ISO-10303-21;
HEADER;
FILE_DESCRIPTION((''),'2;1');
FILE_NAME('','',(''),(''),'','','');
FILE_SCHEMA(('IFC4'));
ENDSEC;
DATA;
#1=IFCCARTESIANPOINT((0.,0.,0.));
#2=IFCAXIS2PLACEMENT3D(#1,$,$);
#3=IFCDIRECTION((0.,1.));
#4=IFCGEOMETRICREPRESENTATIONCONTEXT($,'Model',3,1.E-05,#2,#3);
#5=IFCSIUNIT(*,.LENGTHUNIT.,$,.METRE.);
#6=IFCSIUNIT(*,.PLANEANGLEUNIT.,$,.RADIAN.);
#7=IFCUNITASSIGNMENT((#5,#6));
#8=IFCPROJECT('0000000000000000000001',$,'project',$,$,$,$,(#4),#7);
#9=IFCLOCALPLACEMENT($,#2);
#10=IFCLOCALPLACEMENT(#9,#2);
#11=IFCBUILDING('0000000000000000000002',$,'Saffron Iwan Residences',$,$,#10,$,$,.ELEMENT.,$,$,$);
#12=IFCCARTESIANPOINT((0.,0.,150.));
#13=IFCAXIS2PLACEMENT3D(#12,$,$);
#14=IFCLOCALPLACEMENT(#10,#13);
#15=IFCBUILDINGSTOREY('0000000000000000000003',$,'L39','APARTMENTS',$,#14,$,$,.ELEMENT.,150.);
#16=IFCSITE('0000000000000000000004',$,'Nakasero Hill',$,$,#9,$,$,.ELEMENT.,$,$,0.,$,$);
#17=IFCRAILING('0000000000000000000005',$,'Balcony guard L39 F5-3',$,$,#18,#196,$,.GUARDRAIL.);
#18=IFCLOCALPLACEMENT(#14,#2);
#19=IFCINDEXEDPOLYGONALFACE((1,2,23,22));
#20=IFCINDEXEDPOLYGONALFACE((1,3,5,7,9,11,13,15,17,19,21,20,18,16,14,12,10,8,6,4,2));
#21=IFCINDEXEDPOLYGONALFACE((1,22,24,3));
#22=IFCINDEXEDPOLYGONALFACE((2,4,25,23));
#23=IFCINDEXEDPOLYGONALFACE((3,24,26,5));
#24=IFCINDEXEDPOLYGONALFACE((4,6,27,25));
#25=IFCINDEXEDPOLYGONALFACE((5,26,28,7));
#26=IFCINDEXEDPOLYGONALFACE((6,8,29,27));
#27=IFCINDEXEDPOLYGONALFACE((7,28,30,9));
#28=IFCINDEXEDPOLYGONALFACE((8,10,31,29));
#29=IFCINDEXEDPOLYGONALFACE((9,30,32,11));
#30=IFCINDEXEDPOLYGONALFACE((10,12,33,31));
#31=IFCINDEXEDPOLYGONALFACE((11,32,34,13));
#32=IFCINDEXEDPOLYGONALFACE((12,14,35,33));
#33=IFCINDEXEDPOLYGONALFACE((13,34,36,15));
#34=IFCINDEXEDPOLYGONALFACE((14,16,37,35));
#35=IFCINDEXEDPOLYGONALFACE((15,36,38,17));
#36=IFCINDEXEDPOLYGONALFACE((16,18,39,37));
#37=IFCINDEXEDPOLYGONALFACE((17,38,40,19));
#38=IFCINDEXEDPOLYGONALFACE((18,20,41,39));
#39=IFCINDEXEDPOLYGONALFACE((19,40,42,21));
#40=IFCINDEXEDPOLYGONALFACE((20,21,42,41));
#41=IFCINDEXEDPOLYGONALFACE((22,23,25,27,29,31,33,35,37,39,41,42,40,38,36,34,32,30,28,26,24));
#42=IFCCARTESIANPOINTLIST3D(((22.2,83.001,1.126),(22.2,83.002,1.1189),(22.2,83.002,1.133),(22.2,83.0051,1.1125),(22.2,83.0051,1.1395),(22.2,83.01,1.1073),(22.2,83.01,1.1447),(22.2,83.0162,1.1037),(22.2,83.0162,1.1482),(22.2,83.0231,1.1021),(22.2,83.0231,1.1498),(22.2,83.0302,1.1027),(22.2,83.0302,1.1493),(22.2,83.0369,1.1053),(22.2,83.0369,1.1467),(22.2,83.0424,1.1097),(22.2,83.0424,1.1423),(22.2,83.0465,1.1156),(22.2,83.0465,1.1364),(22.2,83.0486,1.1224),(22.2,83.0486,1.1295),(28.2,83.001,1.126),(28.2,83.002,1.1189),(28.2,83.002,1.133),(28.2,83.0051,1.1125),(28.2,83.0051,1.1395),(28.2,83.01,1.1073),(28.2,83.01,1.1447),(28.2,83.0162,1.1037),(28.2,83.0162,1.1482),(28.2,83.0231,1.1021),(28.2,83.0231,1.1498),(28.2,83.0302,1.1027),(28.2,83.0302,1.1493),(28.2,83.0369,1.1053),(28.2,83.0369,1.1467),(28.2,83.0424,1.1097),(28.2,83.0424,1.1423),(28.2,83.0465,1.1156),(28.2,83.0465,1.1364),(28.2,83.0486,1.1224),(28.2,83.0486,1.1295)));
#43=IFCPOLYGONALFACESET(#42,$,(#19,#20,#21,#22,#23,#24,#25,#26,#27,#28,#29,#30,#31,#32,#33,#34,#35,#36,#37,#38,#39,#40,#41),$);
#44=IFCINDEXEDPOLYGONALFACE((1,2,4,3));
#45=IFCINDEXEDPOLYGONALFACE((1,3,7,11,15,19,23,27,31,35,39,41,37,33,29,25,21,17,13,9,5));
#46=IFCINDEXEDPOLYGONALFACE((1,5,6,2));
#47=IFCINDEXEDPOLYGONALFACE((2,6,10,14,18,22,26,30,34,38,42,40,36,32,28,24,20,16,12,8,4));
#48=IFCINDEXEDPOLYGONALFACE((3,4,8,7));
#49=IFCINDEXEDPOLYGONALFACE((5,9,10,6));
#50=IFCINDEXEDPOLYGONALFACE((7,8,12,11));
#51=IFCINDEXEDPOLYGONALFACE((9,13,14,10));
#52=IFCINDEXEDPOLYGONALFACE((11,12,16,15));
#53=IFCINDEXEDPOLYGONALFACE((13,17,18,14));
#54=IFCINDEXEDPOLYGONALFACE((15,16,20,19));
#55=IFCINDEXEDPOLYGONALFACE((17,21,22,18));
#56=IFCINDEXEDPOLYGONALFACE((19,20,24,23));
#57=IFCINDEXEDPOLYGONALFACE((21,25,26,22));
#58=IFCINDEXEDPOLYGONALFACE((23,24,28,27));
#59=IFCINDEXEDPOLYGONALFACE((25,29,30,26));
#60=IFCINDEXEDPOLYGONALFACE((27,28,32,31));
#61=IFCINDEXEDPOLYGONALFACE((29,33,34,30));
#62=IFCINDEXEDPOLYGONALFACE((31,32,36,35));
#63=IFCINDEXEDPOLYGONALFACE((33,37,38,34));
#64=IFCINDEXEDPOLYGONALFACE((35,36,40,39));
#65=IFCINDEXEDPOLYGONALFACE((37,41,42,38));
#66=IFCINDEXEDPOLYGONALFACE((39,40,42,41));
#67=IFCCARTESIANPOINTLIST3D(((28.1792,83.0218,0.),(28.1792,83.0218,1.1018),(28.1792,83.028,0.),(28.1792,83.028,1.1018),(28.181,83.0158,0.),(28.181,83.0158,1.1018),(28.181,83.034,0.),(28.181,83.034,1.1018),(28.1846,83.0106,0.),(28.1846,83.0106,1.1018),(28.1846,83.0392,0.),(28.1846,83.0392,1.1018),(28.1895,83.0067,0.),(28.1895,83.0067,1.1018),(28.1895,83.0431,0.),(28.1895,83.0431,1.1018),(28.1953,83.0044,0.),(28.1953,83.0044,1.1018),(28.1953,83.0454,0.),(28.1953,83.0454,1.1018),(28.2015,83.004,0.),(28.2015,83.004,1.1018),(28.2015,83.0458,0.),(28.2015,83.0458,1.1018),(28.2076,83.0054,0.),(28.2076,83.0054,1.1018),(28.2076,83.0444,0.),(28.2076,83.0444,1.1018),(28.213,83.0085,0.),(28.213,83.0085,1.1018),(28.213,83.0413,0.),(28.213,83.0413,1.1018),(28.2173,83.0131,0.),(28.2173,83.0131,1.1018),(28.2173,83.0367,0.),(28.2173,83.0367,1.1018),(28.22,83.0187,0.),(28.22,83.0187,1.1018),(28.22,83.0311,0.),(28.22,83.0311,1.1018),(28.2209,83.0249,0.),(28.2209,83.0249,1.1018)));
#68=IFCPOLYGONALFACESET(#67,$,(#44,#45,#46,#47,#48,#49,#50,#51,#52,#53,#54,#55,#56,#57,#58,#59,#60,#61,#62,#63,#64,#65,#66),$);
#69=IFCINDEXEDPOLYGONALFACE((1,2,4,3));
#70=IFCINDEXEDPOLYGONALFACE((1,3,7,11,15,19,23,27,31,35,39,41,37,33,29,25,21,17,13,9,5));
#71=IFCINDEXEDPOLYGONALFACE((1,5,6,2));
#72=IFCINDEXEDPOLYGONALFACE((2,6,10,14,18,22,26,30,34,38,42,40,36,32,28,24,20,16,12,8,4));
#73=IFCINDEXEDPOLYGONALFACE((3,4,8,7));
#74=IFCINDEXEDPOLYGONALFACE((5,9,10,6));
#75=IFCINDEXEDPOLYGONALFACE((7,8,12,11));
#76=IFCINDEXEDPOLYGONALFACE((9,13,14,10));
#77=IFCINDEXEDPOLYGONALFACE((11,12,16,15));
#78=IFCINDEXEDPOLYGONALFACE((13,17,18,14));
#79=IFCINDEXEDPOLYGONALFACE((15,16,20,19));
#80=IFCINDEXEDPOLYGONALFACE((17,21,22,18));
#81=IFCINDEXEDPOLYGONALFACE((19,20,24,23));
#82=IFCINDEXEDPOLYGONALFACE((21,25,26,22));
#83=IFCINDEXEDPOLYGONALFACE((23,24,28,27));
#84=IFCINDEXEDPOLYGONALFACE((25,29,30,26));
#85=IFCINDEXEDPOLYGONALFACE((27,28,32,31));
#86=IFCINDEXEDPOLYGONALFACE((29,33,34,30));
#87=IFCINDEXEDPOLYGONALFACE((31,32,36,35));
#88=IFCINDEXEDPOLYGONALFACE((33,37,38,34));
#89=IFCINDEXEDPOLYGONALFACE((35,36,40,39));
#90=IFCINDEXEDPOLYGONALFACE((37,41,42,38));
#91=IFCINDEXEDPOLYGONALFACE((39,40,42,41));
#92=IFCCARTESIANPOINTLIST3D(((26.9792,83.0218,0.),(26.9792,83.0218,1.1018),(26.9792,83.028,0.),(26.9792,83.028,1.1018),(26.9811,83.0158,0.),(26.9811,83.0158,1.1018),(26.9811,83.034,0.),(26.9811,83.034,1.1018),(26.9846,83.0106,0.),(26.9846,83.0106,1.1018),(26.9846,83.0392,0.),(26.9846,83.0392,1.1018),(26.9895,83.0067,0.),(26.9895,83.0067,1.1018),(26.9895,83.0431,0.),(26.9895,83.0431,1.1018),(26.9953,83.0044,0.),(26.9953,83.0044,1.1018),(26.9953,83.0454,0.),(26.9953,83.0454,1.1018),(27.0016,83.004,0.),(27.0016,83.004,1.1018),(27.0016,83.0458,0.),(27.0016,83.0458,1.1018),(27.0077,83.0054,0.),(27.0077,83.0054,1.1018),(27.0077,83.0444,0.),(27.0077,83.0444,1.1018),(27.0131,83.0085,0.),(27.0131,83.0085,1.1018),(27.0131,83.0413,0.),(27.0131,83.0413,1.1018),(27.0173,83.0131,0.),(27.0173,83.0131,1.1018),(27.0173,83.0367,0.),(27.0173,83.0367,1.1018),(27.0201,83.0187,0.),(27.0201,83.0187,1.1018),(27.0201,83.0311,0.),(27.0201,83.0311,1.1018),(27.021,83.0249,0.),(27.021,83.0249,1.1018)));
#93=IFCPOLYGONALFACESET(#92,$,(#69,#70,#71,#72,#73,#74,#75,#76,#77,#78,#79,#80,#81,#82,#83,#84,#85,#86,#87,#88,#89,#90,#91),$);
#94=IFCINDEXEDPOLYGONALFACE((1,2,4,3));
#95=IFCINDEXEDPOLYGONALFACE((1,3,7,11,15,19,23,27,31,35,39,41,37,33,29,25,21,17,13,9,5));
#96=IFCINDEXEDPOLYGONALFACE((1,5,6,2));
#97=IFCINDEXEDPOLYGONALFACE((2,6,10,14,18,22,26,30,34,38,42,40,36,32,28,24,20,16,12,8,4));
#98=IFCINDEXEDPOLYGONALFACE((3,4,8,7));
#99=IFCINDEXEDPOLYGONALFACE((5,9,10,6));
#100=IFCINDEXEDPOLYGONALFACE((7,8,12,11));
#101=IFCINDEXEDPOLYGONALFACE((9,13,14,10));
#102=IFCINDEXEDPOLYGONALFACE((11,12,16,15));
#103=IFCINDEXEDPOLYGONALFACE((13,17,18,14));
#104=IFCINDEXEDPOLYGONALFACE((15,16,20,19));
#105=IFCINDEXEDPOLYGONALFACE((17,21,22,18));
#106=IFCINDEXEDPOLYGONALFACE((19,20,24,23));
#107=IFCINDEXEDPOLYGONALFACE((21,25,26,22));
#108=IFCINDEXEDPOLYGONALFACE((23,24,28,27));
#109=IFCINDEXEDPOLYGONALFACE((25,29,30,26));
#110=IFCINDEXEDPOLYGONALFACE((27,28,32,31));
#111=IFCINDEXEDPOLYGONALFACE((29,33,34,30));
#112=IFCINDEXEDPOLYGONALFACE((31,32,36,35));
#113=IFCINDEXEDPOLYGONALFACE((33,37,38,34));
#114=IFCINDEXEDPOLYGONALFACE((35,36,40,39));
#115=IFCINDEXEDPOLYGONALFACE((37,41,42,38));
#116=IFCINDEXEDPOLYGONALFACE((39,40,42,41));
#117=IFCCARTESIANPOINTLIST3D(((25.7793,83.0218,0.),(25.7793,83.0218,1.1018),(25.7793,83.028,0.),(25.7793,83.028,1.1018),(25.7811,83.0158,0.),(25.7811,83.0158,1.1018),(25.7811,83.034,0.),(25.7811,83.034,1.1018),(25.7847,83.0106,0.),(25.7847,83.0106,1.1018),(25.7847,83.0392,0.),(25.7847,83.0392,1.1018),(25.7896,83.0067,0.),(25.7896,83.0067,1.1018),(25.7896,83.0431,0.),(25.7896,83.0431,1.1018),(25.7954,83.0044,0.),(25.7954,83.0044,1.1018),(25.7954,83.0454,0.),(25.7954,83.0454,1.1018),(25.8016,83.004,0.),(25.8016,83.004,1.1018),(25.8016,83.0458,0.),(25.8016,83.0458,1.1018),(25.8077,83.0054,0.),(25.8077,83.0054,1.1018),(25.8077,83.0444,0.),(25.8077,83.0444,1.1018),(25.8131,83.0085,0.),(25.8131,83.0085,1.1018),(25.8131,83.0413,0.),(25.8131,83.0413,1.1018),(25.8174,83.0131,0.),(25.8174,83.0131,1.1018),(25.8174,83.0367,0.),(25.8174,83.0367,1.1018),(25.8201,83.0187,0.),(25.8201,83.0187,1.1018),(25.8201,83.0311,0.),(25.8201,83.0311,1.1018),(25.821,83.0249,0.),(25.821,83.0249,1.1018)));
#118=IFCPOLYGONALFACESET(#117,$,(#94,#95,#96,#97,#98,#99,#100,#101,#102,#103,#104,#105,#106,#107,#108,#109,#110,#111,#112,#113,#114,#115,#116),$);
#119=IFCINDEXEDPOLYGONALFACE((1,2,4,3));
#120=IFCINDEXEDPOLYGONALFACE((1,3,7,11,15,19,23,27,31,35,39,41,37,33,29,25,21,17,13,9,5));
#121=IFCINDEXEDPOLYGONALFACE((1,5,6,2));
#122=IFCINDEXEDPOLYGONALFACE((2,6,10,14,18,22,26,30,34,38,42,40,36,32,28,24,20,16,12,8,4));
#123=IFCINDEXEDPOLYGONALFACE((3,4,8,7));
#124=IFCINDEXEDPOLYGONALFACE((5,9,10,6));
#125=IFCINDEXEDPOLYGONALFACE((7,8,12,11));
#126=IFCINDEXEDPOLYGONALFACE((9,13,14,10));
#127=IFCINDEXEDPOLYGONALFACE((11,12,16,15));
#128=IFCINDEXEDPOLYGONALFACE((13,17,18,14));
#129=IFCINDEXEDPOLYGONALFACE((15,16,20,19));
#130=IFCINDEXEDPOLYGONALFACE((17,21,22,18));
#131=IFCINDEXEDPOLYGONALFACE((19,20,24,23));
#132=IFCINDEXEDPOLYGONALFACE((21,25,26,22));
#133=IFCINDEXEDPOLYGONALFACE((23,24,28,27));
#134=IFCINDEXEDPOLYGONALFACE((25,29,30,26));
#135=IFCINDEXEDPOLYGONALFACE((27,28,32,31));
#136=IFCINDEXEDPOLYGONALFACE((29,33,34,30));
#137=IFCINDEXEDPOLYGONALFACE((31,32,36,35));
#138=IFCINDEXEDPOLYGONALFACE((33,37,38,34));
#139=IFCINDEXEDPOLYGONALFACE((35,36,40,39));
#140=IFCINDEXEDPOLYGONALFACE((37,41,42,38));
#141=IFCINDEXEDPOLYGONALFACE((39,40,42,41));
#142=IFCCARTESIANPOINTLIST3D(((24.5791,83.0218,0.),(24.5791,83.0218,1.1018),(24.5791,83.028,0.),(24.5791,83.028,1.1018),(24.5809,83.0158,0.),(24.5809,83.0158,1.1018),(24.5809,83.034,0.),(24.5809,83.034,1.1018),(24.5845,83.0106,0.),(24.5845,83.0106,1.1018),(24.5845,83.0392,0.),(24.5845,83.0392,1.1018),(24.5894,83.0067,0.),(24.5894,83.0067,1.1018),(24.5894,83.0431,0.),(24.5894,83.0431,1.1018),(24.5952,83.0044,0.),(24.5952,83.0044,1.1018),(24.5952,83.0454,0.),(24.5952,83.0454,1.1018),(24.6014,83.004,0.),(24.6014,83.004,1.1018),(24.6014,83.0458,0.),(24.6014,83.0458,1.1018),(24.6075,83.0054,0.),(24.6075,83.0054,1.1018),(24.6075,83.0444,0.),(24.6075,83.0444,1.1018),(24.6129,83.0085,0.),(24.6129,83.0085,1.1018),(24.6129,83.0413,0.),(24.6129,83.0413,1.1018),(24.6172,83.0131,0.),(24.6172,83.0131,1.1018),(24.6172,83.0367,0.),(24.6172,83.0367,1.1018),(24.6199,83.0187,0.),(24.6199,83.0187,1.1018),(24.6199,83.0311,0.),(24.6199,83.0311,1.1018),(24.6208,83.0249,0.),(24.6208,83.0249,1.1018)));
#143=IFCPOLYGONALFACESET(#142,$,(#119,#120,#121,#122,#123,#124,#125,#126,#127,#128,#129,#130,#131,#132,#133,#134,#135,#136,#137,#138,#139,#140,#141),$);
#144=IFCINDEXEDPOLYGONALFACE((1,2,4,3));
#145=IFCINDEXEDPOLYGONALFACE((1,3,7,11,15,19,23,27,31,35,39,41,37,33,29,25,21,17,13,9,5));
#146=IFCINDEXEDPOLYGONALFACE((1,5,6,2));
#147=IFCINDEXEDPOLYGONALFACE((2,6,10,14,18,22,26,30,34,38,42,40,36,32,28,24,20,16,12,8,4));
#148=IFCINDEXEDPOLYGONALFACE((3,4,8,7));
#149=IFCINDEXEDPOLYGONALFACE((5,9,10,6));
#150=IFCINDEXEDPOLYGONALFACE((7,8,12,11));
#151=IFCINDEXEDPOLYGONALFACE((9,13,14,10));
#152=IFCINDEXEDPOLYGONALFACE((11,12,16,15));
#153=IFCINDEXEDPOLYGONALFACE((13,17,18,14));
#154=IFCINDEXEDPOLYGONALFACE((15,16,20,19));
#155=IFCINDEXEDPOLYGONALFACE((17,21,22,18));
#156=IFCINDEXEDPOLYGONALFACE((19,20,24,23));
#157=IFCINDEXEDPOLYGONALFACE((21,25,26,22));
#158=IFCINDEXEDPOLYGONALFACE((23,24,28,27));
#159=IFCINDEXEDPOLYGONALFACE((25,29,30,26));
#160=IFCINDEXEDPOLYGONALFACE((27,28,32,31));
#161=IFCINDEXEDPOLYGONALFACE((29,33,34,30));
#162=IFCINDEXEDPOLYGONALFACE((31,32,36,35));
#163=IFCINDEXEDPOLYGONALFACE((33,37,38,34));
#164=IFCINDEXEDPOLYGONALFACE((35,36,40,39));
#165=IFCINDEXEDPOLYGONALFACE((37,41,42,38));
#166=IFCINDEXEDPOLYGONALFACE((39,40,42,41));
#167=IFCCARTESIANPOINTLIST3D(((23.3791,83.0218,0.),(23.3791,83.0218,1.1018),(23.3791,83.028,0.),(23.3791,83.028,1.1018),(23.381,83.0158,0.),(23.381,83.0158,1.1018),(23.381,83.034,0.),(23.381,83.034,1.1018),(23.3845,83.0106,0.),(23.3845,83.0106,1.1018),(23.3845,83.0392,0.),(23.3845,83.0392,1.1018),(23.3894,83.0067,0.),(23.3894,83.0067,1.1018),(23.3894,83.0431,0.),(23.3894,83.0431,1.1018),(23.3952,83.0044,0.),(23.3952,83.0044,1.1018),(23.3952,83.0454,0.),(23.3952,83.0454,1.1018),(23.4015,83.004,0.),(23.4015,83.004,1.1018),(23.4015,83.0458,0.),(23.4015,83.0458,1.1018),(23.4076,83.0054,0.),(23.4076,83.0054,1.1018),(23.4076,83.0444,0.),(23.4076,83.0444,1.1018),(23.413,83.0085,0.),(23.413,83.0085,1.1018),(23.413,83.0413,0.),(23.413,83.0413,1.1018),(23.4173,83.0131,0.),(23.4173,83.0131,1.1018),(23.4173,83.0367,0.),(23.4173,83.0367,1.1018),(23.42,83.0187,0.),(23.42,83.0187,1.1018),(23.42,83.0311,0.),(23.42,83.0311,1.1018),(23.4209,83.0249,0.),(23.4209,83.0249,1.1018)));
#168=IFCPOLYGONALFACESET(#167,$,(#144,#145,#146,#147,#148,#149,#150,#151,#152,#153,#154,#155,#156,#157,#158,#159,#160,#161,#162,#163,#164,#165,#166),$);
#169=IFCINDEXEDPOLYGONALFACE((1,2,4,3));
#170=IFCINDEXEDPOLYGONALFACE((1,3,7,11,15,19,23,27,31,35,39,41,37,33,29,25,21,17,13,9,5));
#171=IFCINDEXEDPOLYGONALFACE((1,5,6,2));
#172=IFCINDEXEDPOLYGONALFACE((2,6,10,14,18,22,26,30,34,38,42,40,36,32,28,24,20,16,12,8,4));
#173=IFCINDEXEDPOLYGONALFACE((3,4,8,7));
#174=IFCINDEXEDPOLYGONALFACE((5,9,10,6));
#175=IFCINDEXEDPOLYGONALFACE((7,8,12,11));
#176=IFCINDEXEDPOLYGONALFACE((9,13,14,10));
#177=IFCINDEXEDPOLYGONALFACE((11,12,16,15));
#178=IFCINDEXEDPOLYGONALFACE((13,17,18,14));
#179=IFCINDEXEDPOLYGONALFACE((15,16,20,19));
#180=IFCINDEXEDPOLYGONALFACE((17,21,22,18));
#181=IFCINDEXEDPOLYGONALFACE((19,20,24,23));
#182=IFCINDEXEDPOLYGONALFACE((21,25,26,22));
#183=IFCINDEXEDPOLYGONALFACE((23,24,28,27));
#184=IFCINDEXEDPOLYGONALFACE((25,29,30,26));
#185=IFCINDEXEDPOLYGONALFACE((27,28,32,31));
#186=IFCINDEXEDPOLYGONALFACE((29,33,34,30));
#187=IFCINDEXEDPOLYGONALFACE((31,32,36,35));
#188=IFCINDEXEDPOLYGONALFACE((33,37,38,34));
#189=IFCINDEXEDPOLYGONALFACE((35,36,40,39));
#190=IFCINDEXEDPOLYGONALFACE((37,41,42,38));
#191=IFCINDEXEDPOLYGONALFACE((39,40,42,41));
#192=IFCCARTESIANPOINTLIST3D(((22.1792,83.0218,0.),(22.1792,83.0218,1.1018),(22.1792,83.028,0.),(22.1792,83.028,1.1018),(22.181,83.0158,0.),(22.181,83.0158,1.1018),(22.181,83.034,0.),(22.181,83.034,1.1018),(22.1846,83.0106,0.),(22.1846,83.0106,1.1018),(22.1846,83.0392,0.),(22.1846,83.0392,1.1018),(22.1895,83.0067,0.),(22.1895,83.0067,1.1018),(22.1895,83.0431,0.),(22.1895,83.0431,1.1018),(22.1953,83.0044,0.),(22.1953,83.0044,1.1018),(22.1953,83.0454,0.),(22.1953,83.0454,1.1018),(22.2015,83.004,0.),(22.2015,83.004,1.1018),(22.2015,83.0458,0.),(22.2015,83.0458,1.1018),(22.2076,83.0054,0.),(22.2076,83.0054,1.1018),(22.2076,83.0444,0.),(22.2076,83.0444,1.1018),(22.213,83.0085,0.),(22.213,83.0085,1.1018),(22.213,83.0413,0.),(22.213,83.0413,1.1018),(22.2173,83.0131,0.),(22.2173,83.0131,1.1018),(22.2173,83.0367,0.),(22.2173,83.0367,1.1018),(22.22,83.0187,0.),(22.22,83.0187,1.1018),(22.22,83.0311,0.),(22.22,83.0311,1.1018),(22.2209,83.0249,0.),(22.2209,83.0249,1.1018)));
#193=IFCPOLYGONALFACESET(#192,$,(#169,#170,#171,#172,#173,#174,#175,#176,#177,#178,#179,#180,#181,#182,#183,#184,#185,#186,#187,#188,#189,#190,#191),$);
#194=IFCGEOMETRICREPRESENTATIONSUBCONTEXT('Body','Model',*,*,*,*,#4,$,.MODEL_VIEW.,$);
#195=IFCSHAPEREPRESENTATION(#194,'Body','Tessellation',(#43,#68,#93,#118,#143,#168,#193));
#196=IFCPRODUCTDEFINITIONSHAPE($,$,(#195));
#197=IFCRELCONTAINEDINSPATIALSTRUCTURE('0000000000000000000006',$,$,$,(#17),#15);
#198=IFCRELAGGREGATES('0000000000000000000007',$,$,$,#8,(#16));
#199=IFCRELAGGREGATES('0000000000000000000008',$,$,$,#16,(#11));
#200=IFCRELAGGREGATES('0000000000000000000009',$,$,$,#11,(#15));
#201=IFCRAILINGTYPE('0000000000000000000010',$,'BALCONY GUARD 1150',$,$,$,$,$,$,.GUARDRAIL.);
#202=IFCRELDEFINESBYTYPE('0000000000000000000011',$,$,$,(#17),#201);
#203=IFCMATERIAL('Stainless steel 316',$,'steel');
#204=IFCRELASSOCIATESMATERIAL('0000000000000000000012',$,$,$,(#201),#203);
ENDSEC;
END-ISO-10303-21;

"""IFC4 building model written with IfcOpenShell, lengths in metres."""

from ifc_helpers import new_model, si_unit, direction, frame, origin, origin_2d, place, context, subcontext, project, spatial, circle, extrude, material, type_object, element, save


model = new_model("IFC4")

# Units and contexts
model_context = context("Model", 3, precision=1e-05, world=origin(), true_north=direction((0.0, 1.0)))
body_context = subcontext(model_context, "Body", "Model", "MODEL_VIEW")
ifc_project = project(units=[si_unit("LENGTHUNIT", "METRE"), si_unit("PLANEANGLEUNIT", "RADIAN")], contexts=[model_context])

# Site, building, storey
site_placement = place(None, origin())
site = spatial("IfcSite", under=ifc_project, at=site_placement, Name="Nakasero Hill", CompositionType="ELEMENT", RefElevation=0.0)
building_placement = place(site_placement, origin())
building = spatial("IfcBuilding", under=site, at=building_placement, Name="Saffron Iwan Residences", CompositionType="ELEMENT")
storey_placement = place(building_placement, frame((0.0, 0.0, 150.0)))
storey = spatial("IfcBuildingStorey", under=building, at=storey_placement, Name="L39", Description="APARTMENTS", CompositionType="ELEMENT", Elevation=150.0)

# Railing
ifc_material_1 = material(Name="Stainless steel 316", Category="steel")
railing_type = type_object("IfcRailingType", Name="BALCONY GUARD 1150", PredefinedType="GUARDRAIL", material=ifc_material_1)
railing_placement = place(storey_placement, frame((28.2, 83.0249, 0.0)))
element("IfcRailing", 1, at=railing_placement, inside=storey, type_object=railing_type, Name="Balcony guard L39 F5-3", PredefinedType="GUARDRAIL", context=body_context, shape_type="SweptSolid", body=[
    extrude(circle(Radius=0.0239, at=origin_2d()), frame((0.0, 0.0, 1.126), z_axis=(-1.0, 0.0, 0.0), x_axis=(0.0, -1.0, 0.0)), (0.0, 0.0, 1.0), 6.0),
    extrude(circle(Radius=0.021, at=origin_2d()), origin(), (0.0, 0.0, 1.0), 1.1018),
    extrude(circle(Radius=0.021, at=origin_2d()), frame((-1.2, 0.0, 0.0)), (0.0, 0.0, 1.0), 1.1018),
    extrude(circle(Radius=0.021, at=origin_2d()), frame((-2.3999, 0.0, 0.0)), (0.0, 0.0, 1.0), 1.1018),
    extrude(circle(Radius=0.021, at=origin_2d()), frame((-3.6001, 0.0, 0.0)), (0.0, 0.0, 1.0), 1.1018),
    extrude(circle(Radius=0.021, at=origin_2d()), frame((-4.8, 0.0, 0.0)), (0.0, 0.0, 1.0), 1.1018),
    extrude(circle(Radius=0.021, at=origin_2d()), frame((-6.0, 0.0, 0.0)), (0.0, 0.0, 1.0), 1.1018),
])

save(model, "model.ifc")
